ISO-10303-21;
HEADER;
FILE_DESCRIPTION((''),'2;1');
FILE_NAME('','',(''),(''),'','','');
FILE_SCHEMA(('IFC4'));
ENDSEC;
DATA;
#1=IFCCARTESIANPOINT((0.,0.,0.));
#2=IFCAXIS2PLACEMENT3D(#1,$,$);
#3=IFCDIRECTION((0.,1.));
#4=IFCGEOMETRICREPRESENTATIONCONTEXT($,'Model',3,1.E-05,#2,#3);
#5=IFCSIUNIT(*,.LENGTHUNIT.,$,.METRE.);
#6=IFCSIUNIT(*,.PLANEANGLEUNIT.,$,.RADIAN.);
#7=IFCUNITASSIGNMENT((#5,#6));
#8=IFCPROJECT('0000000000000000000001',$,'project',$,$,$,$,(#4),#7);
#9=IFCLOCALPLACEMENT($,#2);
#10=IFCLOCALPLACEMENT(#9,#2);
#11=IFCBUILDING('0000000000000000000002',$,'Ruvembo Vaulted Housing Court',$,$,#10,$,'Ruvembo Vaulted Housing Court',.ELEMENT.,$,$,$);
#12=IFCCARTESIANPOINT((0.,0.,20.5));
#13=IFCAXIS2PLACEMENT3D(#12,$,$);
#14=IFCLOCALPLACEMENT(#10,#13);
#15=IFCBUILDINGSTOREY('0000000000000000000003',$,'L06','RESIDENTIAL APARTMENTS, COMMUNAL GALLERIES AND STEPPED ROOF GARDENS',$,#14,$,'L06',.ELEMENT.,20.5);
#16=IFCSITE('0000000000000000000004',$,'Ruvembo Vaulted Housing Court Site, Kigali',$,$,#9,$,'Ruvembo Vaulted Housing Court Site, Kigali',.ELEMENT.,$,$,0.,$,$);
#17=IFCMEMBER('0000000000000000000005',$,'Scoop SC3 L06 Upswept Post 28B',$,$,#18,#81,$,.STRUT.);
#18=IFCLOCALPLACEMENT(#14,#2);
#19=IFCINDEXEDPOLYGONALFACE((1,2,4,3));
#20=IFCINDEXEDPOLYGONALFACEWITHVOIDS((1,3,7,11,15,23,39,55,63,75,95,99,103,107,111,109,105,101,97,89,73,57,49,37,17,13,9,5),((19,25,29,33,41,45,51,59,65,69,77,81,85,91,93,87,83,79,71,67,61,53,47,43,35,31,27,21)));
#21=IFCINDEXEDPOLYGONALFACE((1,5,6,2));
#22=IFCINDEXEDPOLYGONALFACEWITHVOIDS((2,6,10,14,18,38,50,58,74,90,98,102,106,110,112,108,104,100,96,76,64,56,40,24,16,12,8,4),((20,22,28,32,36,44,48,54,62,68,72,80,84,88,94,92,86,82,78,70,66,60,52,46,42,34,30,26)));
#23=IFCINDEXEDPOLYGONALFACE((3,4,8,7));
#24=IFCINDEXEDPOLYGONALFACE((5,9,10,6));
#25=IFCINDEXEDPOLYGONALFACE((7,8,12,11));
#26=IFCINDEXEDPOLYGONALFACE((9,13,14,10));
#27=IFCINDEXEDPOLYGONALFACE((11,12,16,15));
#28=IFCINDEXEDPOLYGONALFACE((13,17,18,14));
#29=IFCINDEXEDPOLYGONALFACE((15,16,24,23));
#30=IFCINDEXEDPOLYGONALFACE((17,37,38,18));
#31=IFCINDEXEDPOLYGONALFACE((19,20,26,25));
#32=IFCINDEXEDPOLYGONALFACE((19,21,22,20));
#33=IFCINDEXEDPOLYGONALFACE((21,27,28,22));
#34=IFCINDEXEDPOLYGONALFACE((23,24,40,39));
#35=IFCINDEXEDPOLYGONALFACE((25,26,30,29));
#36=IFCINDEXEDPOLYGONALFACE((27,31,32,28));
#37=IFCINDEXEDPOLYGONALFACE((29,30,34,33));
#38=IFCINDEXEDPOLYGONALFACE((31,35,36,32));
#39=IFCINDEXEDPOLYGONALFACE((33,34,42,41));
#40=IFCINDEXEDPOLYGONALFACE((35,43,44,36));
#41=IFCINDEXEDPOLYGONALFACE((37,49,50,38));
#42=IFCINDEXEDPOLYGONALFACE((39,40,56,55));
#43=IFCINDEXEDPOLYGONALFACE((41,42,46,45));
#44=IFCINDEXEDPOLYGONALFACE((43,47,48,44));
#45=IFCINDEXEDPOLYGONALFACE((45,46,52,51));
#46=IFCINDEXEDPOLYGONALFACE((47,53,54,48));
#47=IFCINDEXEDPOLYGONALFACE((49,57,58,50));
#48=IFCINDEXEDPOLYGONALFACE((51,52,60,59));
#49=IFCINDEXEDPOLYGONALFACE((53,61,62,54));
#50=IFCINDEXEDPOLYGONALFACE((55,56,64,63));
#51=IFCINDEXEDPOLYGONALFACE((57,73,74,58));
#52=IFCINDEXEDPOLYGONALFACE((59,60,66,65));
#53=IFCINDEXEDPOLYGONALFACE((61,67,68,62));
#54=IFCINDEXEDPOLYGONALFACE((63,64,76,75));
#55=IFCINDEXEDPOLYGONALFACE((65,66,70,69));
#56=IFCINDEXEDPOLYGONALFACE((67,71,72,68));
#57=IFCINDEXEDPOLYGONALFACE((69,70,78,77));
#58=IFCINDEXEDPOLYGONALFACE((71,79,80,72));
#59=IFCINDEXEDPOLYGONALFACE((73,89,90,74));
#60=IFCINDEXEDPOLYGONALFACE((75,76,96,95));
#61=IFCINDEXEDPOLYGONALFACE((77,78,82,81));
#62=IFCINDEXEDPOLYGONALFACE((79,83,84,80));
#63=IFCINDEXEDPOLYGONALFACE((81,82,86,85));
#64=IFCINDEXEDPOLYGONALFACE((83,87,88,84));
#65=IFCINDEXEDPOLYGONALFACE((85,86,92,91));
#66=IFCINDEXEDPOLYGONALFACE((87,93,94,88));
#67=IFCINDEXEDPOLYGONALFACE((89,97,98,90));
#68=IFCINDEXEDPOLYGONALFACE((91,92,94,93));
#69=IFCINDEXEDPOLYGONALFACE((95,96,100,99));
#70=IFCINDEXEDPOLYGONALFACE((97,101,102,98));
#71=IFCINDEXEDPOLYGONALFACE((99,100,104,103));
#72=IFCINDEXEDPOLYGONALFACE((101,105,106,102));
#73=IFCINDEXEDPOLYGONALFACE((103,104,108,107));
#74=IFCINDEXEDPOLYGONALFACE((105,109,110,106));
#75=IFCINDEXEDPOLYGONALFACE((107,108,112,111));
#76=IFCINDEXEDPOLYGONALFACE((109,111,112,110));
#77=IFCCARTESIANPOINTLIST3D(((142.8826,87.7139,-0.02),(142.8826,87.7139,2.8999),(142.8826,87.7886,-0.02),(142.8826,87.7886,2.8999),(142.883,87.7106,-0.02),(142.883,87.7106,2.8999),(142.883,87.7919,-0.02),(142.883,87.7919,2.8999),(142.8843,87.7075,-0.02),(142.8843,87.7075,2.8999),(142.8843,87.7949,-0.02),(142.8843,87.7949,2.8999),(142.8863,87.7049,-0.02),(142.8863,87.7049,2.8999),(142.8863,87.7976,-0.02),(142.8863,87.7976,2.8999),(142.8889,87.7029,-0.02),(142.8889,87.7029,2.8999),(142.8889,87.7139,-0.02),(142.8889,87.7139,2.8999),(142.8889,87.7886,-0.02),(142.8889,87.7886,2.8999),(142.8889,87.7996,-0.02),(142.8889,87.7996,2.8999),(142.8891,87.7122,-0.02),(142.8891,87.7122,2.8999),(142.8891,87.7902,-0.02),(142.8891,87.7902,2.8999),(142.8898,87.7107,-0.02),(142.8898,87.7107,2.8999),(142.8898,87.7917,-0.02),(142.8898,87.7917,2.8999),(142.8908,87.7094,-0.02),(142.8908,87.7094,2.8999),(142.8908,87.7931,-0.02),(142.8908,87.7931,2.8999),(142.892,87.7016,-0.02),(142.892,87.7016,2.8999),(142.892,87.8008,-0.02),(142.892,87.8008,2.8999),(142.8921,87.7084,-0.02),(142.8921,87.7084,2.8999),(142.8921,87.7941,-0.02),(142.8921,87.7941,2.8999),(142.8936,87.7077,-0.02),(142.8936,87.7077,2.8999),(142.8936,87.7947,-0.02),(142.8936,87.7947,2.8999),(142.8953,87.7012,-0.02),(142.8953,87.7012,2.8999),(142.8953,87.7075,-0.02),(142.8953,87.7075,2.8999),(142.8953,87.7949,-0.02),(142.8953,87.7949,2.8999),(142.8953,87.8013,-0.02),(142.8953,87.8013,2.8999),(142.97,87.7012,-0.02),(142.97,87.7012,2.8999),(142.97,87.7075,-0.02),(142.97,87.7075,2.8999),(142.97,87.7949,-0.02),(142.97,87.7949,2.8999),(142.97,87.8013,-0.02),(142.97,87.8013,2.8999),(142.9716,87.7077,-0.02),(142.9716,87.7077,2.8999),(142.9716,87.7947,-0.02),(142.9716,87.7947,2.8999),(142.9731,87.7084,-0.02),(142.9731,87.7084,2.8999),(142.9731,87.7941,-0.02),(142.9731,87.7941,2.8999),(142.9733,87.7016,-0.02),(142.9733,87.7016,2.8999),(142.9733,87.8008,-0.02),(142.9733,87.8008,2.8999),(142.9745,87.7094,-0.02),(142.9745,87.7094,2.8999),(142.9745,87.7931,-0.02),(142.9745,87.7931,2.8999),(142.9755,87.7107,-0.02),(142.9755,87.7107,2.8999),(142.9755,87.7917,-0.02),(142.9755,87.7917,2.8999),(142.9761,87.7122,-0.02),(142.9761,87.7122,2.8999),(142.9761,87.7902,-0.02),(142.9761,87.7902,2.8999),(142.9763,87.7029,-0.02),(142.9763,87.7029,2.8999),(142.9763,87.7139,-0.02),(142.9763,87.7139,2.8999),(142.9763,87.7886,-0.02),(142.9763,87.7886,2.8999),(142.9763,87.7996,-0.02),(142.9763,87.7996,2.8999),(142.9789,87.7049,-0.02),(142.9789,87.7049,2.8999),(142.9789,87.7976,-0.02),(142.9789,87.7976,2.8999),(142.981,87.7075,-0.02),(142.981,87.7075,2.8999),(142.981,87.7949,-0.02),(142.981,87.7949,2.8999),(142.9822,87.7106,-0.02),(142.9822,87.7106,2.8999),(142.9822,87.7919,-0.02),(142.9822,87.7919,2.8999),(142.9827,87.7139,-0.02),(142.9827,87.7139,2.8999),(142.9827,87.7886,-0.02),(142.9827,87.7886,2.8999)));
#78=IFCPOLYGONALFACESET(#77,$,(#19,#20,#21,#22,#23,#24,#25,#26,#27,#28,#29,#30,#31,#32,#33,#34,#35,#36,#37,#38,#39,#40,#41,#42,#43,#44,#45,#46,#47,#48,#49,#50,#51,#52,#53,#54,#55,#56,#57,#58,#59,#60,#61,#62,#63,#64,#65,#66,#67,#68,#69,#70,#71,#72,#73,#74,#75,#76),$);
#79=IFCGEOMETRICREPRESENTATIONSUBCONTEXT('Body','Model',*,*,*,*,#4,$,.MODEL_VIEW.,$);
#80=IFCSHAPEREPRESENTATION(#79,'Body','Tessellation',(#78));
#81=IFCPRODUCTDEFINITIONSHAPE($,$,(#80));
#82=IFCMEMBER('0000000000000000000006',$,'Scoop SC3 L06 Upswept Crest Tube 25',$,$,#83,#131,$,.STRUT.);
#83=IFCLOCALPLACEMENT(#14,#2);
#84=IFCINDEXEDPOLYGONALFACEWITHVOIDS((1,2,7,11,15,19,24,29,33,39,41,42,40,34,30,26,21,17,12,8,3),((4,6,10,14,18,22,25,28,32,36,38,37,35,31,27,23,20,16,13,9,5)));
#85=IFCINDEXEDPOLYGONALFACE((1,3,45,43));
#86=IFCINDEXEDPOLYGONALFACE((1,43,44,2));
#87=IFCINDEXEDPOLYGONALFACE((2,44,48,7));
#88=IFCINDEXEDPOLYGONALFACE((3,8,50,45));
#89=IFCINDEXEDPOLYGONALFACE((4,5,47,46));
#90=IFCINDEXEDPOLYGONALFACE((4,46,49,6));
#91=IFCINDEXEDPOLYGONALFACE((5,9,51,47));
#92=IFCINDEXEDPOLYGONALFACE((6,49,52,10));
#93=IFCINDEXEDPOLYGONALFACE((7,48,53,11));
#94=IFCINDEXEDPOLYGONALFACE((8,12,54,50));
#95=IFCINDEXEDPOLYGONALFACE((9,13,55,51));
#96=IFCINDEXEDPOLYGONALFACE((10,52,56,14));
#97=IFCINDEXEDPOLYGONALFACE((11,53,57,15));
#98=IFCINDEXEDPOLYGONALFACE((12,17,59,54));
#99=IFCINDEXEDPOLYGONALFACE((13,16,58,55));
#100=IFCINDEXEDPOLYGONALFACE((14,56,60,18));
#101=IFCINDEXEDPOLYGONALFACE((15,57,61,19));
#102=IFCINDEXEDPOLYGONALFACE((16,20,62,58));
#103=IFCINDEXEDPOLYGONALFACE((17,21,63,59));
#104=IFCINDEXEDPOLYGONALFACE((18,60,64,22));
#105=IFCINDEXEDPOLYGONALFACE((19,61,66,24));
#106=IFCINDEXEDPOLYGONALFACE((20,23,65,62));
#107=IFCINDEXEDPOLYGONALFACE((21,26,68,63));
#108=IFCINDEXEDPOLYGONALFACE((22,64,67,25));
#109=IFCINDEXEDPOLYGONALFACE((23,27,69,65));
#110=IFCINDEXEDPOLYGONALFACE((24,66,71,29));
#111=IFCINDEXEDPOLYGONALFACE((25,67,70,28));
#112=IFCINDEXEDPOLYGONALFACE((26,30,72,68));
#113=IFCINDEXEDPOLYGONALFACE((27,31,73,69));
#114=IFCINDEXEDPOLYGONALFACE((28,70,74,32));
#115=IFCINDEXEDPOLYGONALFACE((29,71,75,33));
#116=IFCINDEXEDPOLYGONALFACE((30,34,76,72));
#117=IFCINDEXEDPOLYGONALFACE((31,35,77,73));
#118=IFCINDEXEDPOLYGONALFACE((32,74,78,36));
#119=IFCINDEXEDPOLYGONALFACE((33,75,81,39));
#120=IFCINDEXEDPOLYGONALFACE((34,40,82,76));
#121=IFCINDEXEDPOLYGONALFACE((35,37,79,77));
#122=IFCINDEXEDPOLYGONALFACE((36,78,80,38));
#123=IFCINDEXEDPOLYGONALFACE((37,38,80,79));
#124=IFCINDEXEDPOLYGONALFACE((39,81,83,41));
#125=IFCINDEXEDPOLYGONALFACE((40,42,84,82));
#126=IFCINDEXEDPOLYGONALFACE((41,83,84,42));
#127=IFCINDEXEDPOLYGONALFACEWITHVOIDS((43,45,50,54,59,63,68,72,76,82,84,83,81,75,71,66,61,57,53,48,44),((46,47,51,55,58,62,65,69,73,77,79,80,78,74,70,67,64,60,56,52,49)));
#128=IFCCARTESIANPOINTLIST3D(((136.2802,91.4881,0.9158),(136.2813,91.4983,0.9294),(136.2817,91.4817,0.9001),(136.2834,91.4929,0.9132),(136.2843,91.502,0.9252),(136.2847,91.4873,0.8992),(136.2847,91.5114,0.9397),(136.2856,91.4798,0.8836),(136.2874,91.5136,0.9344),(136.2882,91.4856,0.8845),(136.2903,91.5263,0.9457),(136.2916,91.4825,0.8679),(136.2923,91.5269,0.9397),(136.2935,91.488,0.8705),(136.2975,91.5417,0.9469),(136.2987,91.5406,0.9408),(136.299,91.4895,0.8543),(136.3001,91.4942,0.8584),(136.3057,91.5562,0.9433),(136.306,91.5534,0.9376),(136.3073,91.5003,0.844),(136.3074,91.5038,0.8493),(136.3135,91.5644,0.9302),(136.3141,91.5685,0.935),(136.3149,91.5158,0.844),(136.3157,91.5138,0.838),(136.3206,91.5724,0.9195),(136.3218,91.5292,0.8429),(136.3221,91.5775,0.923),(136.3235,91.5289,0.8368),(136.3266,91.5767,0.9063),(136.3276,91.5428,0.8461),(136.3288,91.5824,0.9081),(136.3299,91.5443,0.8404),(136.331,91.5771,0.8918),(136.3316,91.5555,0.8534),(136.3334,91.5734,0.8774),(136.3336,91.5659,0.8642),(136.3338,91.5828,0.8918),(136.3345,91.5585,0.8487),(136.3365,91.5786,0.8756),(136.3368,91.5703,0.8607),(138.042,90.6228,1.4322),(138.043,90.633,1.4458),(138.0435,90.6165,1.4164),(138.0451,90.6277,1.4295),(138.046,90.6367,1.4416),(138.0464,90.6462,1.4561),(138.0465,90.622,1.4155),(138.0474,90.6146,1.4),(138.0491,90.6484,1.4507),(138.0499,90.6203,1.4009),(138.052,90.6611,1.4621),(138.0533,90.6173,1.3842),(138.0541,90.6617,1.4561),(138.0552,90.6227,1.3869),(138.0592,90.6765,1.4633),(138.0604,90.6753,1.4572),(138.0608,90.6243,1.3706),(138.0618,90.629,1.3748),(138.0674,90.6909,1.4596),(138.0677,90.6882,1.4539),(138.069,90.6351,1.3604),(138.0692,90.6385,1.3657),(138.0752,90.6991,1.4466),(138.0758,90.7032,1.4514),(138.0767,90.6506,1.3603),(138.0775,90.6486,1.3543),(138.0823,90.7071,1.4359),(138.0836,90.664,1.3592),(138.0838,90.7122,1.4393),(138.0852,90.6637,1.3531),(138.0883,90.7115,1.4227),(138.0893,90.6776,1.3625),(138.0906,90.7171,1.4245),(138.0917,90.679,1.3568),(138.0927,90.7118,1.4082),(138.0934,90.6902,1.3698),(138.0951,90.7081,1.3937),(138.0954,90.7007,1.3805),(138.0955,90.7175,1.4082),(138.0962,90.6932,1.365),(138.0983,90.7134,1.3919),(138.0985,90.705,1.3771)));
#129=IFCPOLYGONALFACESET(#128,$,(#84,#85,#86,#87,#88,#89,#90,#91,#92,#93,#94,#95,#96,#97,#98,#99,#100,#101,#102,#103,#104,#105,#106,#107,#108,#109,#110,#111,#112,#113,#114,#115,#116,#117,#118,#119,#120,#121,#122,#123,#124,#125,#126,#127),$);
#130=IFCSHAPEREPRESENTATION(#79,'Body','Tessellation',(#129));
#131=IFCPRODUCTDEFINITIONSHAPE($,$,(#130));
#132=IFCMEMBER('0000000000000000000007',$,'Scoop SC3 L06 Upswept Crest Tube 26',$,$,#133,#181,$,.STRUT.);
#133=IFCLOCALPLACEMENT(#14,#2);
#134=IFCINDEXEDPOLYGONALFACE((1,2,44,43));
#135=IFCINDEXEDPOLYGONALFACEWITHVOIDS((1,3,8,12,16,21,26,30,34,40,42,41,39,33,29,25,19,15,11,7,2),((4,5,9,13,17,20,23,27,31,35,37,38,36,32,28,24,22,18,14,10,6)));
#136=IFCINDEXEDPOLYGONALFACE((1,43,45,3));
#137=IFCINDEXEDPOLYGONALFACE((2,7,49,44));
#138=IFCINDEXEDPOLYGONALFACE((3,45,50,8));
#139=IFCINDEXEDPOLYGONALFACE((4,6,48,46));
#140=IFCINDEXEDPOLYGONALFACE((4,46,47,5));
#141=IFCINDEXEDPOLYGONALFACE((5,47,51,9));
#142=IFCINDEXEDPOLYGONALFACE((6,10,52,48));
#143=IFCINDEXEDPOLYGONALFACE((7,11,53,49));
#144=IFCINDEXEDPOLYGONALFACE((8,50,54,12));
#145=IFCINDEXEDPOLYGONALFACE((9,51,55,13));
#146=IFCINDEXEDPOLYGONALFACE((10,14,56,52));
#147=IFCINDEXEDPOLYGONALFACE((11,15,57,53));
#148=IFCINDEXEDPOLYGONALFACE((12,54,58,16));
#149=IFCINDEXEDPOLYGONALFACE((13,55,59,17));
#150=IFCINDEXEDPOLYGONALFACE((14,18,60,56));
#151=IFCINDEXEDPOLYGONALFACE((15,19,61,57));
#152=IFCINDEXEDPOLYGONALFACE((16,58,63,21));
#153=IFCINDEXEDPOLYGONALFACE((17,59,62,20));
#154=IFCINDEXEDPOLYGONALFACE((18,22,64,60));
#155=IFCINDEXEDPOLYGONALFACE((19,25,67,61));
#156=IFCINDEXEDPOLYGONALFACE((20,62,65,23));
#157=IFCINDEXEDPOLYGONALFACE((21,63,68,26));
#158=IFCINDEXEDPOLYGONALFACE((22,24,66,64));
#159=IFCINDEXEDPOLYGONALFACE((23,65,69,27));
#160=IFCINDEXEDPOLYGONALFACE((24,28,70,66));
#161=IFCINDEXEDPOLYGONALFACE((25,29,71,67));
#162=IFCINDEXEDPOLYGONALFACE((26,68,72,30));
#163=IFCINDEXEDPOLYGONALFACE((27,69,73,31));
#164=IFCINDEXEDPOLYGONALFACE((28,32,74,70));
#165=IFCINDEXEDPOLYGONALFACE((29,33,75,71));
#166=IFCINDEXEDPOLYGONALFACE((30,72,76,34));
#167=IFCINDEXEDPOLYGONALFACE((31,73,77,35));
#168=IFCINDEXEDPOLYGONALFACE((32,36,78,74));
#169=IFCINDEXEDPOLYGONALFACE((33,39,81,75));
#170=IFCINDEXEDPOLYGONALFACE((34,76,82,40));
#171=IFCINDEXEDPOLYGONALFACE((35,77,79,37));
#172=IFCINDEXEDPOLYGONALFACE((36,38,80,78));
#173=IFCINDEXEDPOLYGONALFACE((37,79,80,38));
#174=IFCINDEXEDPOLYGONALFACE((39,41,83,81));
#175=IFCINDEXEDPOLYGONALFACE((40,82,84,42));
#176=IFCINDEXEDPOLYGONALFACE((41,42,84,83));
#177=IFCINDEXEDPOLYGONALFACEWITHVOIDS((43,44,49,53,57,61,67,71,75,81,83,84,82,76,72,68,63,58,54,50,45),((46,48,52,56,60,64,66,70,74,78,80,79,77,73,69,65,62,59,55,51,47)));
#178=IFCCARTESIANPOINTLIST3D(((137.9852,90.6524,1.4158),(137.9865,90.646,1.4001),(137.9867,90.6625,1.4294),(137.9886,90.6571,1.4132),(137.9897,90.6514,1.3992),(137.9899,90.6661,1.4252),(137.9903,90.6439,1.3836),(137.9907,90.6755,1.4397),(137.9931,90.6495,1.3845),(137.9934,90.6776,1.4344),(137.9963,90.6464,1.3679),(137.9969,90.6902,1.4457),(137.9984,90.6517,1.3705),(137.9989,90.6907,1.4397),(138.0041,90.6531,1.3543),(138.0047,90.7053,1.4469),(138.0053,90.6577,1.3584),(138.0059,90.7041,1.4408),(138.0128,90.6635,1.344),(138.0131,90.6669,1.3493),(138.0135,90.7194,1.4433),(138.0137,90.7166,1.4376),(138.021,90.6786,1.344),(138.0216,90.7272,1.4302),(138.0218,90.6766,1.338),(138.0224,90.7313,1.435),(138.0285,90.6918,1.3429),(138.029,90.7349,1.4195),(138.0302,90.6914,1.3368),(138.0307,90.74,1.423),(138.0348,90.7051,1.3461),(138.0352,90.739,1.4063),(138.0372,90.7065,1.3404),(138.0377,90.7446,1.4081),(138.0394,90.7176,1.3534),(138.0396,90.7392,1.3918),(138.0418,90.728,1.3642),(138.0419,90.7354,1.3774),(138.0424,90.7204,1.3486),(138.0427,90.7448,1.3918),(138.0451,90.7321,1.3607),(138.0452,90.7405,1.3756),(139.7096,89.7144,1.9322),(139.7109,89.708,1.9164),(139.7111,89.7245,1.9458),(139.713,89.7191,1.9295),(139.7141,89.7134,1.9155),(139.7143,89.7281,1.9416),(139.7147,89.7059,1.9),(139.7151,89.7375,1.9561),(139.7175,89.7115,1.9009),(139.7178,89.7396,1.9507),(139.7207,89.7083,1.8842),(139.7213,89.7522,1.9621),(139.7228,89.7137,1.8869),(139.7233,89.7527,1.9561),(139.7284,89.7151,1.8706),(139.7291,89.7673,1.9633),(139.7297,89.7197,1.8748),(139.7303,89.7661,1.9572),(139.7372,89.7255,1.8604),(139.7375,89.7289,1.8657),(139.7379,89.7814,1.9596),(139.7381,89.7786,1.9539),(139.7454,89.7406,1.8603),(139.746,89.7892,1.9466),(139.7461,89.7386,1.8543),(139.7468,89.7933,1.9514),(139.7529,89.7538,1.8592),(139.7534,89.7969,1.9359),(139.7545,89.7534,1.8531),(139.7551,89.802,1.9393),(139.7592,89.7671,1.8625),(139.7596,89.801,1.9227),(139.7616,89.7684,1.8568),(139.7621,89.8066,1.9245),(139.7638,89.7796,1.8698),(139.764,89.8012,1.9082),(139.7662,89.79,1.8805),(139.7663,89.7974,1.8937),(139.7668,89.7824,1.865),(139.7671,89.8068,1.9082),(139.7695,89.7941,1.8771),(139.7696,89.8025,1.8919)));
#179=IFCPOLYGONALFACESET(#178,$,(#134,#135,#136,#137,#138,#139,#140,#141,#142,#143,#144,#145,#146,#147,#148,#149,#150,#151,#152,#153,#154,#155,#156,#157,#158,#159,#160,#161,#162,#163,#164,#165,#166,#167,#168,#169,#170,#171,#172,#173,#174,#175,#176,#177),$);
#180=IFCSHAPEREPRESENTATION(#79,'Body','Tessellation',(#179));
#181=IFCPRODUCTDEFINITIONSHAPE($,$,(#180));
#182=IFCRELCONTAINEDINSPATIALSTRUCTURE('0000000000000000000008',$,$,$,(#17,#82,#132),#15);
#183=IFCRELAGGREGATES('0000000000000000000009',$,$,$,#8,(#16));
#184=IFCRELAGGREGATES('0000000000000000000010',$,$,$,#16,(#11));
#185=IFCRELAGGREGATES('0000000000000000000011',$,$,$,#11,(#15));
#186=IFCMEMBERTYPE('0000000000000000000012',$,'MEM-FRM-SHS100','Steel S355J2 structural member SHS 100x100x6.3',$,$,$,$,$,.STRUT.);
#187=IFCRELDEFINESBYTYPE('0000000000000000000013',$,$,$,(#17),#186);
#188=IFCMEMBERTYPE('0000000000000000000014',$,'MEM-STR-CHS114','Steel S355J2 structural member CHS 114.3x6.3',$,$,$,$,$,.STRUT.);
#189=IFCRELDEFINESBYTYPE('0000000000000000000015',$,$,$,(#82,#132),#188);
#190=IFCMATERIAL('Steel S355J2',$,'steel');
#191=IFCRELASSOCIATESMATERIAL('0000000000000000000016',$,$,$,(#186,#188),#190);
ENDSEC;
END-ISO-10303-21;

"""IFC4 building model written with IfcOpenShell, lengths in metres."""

from ifc_helpers import new_model, si_unit, direction, frame, origin, origin_2d, place, context, subcontext, project, spatial, hollow_rectangle, hollow_circle, extrude, material, material_profile, profile_set, type_object, element, save


model = new_model("IFC4")

# Units and contexts
model_context = context("Model", 3, precision=1e-05, world=origin(), true_north=direction((0.0, 1.0)))
body_context = subcontext(model_context, "Body", "Model", "MODEL_VIEW")
ifc_project = project(units=[si_unit("LENGTHUNIT", "METRE"), si_unit("PLANEANGLEUNIT", "RADIAN")], contexts=[model_context])

# Site, building, storey
site_placement = place(None, origin())
site = spatial("IfcSite", under=ifc_project, at=site_placement, Name="Ruvembo Vaulted Housing Court Site, Kigali", LongName="Ruvembo Vaulted Housing Court Site, Kigali", CompositionType="ELEMENT", RefElevation=0.0)
building_placement = place(site_placement, origin())
building = spatial("IfcBuilding", under=site, at=building_placement, Name="Ruvembo Vaulted Housing Court", LongName="Ruvembo Vaulted Housing Court", CompositionType="ELEMENT")
storey_placement = place(building_placement, frame((0.0, 0.0, 20.5)))
storey = spatial("IfcBuildingStorey", under=building, at=storey_placement, Name="L06", Description="RESIDENTIAL APARTMENTS, COMMUNAL GALLERIES AND STEPPED ROOF GARDENS", LongName="L06", CompositionType="ELEMENT", Elevation=20.5)

# Members
ifc_material_1 = material(Name="Steel S355J2", Category="steel")
ifc_material_profile_1 = material_profile(ifc_material_1, hollow_rectangle(XDim=0.1001, YDim=0.1001, WallThickness=0.0063, InnerFilletRadius=0.0063, OuterFilletRadius=0.0127, at=origin_2d()), Name="SHS 100x100x6.3")
ifc_profile_set_1 = profile_set([ifc_material_profile_1], Name="Steel S355J2")
member_type_1 = type_object("IfcMemberType", Name="MEM-FRM-SHS100", Description="Steel S355J2 structural member SHS 100x100x6.3", PredefinedType="STRUT", material=ifc_profile_set_1)
member_1_placement = place(storey_placement, frame((142.9326, 87.7512, -0.02), z_axis=(0.0, 0.0, 1.0), x_axis=(1.0, 0.0, 0.0)))
element("IfcMember", 1, at=member_1_placement, inside=storey, type_object=member_type_1, Name="Scoop SC3 L06 Upswept Post 28B", PredefinedType="STRUT", context=body_context, shape_type="SweptSolid", body=[
    extrude(hollow_rectangle(XDim=0.1001, YDim=0.1001, WallThickness=0.0063, InnerFilletRadius=0.0063, OuterFilletRadius=0.0127, at=origin_2d()), origin(), (0.0, 0.0, 1.0), 2.9199),
])
ifc_material_profile_2 = material_profile(ifc_material_1, hollow_circle(Radius=0.0571, WallThickness=0.0063, at=origin_2d()), Name="CHS 114.3x6.3")
ifc_profile_set_2 = profile_set([ifc_material_profile_2], Name="Steel S355J2")
member_type_2 = type_object("IfcMemberType", Name="MEM-STR-CHS114", Description="Steel S355J2 structural member CHS 114.3x6.3", PredefinedType="STRUT", material=ifc_profile_set_2)
member_2_placement = place(storey_placement, frame((136.3086, 91.5315, 0.8918), z_axis=(0.868052, -0.426327, 0.254425), x_axis=(0.440834, 0.897589, 0.0)))
element("IfcMember", 2, at=member_2_placement, inside=storey, type_object=member_type_2, Name="Scoop SC3 L06 Upswept Crest Tube 25", PredefinedType="STRUT", context=body_context, shape_type="SweptSolid", body=[
    extrude(hollow_circle(Radius=0.0571, WallThickness=0.0063, at=origin_2d()), origin(), (0.0, 0.0, 1.0), 2.0295),
])
for number, where, z_axis, x_axis, name in (
    (3, (138.0154, 90.6946, 1.3918), (0.849546, -0.46212, 0.254395), (0.477841, 0.878446, 0.0), "Scoop SC3 L06 Upswept Crest Tube 26"),
):
    element("IfcMember", number, at=place(storey_placement, frame(where, z_axis=z_axis, x_axis=x_axis)), inside=storey, type_object=member_type_2, Name=name, PredefinedType="STRUT", context=body_context, shape_type="SweptSolid", body=[
        extrude(hollow_circle(Radius=0.0571, WallThickness=0.0063, at=origin_2d()), origin(), (0.0, 0.0, 1.0), 2.0298),
    ])

save(model, "model.ifc")
